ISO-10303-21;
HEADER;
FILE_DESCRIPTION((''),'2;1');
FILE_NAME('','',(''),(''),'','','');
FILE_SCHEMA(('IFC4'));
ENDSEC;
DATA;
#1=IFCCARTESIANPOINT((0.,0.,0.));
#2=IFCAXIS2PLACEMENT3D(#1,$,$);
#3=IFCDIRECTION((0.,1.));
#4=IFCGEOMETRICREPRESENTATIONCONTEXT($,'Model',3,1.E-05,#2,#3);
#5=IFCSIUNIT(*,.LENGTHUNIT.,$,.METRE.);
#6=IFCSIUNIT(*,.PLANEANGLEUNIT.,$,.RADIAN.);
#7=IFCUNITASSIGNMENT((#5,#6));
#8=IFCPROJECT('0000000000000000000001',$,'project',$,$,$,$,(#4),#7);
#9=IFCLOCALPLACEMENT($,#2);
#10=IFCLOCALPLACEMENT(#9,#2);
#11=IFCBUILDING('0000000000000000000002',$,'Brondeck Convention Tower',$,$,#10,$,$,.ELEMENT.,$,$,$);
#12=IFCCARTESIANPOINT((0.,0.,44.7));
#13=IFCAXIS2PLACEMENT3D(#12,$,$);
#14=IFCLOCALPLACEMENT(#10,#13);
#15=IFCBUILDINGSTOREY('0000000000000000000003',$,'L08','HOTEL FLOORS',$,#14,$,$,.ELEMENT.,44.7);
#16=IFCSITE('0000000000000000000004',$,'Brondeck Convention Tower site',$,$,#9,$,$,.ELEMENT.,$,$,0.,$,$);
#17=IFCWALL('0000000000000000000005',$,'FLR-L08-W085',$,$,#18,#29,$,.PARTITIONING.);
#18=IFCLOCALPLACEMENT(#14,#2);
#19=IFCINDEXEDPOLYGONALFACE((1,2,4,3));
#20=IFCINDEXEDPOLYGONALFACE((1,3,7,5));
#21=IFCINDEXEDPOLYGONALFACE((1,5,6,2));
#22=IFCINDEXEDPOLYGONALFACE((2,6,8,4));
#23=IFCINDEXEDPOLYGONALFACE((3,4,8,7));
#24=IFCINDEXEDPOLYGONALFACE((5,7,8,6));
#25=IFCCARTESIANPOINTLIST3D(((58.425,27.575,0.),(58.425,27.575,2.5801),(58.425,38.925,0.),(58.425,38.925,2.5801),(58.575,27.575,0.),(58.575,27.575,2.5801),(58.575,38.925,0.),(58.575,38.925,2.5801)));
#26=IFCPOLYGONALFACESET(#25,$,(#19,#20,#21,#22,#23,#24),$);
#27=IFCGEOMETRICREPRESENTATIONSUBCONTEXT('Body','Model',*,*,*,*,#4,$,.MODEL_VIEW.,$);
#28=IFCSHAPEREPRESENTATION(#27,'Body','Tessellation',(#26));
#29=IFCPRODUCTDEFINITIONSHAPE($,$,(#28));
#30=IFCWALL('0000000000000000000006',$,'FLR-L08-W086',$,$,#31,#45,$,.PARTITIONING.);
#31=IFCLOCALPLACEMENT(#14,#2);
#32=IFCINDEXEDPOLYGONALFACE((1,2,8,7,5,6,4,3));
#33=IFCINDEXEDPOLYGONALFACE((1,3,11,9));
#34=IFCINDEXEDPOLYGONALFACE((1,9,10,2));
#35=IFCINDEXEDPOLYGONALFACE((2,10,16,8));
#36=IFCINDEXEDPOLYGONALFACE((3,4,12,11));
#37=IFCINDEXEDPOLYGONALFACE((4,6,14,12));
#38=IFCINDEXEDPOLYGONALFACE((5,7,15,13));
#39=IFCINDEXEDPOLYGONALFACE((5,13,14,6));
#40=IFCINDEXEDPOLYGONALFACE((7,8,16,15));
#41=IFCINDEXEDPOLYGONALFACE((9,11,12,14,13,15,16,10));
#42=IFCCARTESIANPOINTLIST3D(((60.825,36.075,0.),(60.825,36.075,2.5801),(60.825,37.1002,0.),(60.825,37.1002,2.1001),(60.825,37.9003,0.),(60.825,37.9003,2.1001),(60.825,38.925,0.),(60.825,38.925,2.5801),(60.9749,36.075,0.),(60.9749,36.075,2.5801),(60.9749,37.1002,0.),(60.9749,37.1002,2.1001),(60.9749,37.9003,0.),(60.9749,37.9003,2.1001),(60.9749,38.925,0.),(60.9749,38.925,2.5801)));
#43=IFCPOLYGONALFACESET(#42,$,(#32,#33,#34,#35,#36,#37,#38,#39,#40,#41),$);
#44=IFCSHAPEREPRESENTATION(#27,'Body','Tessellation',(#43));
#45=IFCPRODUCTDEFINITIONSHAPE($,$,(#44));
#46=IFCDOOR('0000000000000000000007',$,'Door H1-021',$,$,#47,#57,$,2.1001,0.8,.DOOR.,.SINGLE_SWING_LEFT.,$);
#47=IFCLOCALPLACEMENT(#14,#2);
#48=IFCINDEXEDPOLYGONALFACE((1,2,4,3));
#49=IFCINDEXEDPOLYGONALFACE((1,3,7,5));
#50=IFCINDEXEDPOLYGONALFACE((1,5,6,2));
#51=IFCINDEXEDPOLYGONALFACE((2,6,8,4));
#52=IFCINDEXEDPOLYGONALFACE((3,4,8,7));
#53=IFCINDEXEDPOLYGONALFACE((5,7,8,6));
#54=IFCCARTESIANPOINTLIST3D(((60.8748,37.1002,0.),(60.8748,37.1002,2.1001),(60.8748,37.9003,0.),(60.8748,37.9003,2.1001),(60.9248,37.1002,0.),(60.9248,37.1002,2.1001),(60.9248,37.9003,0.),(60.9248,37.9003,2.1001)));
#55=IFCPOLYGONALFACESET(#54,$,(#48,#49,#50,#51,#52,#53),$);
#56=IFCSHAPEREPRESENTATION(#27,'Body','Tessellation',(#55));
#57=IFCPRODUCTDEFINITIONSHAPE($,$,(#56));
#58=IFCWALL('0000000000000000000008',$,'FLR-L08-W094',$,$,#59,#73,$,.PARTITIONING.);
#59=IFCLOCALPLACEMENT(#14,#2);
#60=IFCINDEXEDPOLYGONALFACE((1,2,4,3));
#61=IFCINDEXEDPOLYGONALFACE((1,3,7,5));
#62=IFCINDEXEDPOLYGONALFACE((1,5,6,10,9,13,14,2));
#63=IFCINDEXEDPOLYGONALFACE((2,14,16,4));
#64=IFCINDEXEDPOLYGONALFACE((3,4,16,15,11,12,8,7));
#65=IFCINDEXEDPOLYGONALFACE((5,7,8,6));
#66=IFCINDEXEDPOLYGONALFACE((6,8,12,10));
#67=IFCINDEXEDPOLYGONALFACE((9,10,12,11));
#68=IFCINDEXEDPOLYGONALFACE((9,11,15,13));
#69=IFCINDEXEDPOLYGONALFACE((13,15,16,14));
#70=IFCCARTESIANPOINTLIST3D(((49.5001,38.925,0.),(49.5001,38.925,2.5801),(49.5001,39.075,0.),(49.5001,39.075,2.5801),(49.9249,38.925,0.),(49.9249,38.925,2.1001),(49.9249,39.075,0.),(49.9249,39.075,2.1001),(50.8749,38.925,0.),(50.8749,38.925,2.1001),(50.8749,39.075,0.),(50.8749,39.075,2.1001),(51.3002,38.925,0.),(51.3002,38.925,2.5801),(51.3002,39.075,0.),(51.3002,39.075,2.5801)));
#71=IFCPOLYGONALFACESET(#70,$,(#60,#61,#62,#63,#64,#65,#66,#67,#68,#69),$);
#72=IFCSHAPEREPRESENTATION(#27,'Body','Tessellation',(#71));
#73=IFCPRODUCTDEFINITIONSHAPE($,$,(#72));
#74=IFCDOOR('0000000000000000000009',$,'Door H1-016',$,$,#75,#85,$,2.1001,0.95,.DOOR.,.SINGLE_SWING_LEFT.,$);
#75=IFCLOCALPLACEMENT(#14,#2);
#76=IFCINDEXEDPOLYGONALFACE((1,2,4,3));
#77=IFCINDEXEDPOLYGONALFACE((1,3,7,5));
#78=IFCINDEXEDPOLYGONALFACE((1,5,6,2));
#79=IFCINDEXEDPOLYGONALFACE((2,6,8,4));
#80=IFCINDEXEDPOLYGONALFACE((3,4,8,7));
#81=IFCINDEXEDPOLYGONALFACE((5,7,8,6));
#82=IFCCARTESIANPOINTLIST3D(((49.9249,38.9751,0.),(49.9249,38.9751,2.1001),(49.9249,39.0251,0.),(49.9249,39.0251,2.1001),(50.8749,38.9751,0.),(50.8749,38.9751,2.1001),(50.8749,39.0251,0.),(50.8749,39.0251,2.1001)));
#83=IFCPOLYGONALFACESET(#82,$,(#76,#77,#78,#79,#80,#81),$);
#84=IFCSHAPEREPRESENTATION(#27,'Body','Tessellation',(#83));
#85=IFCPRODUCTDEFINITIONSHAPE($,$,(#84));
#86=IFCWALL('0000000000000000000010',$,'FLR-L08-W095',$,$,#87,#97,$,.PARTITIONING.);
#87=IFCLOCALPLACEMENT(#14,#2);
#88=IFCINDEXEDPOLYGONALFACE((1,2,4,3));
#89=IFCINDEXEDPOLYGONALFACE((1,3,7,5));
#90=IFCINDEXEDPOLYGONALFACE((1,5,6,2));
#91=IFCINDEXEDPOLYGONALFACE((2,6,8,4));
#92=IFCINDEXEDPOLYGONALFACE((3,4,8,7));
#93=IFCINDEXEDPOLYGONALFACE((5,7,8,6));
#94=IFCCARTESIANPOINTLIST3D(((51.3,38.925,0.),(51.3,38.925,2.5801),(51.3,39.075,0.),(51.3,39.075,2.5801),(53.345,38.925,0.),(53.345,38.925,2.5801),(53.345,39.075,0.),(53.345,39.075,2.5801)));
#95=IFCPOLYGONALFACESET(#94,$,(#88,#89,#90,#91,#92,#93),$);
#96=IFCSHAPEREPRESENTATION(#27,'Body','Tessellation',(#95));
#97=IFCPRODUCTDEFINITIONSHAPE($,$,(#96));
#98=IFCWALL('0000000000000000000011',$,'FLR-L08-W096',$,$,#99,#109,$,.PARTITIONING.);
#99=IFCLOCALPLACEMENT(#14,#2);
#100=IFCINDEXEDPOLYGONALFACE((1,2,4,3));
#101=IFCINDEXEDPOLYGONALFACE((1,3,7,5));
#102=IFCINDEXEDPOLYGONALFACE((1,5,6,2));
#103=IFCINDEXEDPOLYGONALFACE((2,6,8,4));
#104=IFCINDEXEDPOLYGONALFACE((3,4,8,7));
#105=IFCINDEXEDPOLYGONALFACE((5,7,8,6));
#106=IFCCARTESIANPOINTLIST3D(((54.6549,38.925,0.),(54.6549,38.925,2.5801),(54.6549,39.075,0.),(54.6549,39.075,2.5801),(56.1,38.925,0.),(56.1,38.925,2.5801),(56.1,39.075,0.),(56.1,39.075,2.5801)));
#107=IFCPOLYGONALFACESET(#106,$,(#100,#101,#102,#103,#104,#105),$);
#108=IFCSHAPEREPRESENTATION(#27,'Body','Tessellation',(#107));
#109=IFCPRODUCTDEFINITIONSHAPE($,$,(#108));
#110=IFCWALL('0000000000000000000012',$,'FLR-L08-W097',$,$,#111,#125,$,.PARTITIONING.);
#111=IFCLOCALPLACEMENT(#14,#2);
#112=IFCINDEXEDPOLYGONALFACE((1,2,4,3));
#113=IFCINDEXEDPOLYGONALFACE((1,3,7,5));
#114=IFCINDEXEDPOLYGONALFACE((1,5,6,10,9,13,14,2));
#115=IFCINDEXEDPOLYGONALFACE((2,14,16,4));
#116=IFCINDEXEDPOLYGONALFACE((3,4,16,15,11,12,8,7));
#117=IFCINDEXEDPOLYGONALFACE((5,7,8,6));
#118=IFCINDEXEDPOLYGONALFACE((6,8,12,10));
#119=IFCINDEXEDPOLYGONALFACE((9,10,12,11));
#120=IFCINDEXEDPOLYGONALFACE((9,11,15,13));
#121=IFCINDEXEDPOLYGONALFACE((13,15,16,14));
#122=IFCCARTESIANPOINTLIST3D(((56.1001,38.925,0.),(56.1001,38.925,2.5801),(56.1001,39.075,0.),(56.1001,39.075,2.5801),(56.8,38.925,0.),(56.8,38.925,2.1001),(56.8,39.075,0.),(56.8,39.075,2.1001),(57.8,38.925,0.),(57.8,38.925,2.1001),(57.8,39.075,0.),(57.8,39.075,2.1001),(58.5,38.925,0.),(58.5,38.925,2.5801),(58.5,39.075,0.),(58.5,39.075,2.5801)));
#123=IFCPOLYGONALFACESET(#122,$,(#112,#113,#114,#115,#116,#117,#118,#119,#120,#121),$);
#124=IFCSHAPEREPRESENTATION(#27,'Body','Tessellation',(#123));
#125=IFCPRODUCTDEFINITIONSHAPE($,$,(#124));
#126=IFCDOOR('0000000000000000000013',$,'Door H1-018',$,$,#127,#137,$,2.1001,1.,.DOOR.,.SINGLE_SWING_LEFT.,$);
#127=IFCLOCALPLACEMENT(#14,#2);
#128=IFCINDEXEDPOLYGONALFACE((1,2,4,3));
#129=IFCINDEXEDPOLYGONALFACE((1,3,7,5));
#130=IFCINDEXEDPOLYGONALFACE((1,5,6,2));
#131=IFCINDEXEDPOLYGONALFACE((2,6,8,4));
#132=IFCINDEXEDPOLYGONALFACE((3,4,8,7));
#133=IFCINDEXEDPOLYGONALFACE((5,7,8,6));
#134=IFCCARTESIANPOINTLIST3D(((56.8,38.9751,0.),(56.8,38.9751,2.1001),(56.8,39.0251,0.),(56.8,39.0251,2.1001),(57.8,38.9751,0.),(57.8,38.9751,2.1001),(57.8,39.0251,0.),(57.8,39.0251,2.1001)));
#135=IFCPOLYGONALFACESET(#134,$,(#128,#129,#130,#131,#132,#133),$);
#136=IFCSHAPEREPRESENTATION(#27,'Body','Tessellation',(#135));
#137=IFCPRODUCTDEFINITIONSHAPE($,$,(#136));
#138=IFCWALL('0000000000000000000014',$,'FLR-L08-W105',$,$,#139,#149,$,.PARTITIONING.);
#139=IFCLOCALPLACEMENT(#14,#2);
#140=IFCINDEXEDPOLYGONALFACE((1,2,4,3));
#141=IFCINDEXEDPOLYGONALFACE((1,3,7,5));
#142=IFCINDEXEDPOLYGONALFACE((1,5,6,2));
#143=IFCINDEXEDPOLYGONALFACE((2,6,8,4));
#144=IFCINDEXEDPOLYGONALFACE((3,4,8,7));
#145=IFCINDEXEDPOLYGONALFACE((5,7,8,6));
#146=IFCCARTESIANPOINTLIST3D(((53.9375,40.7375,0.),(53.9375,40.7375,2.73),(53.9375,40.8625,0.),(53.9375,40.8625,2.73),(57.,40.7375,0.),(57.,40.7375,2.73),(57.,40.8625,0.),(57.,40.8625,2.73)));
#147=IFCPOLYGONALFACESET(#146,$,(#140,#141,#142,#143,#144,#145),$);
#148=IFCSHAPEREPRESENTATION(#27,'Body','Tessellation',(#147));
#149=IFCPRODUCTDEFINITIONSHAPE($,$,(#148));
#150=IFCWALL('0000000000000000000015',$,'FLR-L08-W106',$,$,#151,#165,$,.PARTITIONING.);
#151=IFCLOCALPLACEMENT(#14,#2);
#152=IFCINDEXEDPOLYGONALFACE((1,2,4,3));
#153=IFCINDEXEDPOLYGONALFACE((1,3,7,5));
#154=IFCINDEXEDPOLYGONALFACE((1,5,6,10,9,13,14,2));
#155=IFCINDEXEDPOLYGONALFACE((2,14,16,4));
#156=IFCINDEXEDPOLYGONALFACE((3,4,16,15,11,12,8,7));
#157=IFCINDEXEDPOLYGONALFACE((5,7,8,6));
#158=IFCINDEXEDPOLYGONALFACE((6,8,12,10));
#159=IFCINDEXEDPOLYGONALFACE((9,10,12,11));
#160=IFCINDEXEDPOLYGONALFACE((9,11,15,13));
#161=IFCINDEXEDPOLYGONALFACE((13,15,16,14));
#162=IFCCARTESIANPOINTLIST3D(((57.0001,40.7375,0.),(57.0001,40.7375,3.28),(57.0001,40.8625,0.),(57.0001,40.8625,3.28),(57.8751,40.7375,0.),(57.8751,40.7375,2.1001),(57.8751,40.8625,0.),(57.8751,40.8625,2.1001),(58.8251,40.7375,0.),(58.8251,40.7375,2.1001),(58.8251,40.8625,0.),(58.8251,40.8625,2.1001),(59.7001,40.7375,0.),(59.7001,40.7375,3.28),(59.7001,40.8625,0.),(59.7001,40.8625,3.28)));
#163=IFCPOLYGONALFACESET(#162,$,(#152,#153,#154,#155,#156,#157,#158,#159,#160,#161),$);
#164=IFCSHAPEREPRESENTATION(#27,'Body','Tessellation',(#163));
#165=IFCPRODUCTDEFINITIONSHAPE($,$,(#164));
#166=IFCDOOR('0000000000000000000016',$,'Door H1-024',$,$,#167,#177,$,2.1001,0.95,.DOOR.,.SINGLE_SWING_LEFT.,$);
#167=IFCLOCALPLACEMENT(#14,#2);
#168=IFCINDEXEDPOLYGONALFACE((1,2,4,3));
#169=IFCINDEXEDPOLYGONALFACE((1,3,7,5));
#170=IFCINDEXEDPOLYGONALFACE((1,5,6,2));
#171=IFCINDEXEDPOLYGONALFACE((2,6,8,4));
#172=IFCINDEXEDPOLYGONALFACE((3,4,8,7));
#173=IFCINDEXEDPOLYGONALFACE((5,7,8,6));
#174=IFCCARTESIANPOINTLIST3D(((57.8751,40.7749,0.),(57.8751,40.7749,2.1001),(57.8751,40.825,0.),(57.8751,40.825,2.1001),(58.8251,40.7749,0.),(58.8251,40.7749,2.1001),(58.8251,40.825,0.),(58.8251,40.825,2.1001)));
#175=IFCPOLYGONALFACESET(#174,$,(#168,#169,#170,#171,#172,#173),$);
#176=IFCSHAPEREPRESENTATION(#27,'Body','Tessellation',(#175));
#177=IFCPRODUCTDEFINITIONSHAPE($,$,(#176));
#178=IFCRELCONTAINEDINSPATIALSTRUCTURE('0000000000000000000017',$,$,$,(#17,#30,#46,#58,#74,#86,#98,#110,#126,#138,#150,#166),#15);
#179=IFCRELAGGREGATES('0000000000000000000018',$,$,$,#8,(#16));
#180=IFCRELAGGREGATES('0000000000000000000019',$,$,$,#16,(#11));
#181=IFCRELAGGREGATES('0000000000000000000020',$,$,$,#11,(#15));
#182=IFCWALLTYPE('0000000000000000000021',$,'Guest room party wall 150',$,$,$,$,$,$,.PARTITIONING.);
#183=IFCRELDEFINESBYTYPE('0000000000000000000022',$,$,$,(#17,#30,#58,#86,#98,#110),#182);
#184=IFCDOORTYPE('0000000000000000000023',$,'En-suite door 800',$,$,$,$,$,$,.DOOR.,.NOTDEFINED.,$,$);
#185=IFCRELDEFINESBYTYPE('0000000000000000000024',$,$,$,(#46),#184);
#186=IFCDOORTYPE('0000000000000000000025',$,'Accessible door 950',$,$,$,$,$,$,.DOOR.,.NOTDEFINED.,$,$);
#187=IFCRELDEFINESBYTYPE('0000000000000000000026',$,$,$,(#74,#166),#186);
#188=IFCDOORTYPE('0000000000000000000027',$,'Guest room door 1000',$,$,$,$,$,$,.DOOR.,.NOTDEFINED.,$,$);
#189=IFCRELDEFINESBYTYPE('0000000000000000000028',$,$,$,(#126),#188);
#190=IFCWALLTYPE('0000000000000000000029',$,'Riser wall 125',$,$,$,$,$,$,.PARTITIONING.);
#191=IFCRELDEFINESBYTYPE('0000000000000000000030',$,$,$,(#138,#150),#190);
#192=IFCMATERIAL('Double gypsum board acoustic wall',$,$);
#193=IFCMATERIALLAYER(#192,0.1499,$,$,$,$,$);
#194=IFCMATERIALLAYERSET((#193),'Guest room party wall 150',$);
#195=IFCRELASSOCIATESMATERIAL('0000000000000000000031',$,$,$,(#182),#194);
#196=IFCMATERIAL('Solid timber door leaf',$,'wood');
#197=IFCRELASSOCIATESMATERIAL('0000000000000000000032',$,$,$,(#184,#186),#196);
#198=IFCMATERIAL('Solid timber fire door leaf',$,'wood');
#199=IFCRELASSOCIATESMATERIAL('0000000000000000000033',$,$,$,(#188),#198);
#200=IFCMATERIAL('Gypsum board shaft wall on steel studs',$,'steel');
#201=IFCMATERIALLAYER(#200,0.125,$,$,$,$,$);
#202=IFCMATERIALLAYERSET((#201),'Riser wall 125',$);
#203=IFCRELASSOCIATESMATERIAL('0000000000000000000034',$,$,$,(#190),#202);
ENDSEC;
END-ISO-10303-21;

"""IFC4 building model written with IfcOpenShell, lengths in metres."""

from ifc_helpers import new_model, si_unit, direction, frame, frame_2d, origin, place, context, subcontext, project, spatial, rectangle, extrude, material, layer, layer_set, type_object, element, fill, save


model = new_model("IFC4")

# Units and contexts
model_context = context("Model", 3, precision=1e-05, world=origin(), true_north=direction((0.0, 1.0)))
body_context = subcontext(model_context, "Body", "Model", "MODEL_VIEW")
ifc_project = project(units=[si_unit("LENGTHUNIT", "METRE"), si_unit("PLANEANGLEUNIT", "RADIAN")], contexts=[model_context])

# Site, building, storey
site_placement = place(None, origin())
site = spatial("IfcSite", under=ifc_project, at=site_placement, Name="Brondeck Convention Tower site", CompositionType="ELEMENT", RefElevation=0.0)
building_placement = place(site_placement, origin())
building = spatial("IfcBuilding", under=site, at=building_placement, Name="Brondeck Convention Tower", CompositionType="ELEMENT")
storey_placement = place(building_placement, frame((0.0, 0.0, 44.7)))
storey = spatial("IfcBuildingStorey", under=building, at=storey_placement, Name="L08", Description="HOTEL FLOORS", CompositionType="ELEMENT", Elevation=44.7)

# Shared definitions
ifc_material_1 = material(Name="Double gypsum board acoustic wall")
ifc_layer_1 = layer(ifc_material_1, 0.1499)
ifc_layer_set_1 = layer_set([ifc_layer_1], Name="Guest room party wall 150")
wall_type_1 = type_object("IfcWallType", Name="Guest room party wall 150", PredefinedType="PARTITIONING", material=ifc_layer_set_1)

# Shared definitions
ifc_material_2 = material(Name="Solid timber door leaf", Category="wood")
door_type_1 = type_object("IfcDoorType", Name="En-suite door 800", OperationType="NOTDEFINED", PredefinedType="DOOR", material=ifc_material_2)

# Wall
wall_1_placement = place(storey_placement, frame((58.5, 38.925, 0.0), z_axis=(0.0, 0.0, 1.0), x_axis=(0.0, -1.0, 0.0)))
element("IfcWall", 1, at=wall_1_placement, inside=storey, type_object=wall_type_1, Name="FLR-L08-W085", PredefinedType="PARTITIONING", context=body_context, shape_type="SweptSolid", body=[
    extrude(rectangle(XDim=11.3501, YDim=0.1499, at=frame_2d((5.675, 0.0))), origin(), (0.0, 0.0, 1.0), 2.5801),
])

# Walls, openings, doors
wall_2_placement = place(storey_placement, frame((60.8999, 38.925, 0.0), z_axis=(0.0, 0.0, 1.0), x_axis=(0.0, -1.0, 0.0)))
wall_2 = element("IfcWall", 2, at=wall_2_placement, inside=storey, type_object=wall_type_1, Name="FLR-L08-W086", PredefinedType="PARTITIONING", context=body_context, shape_type="SweptSolid", body=[
    extrude(rectangle(XDim=2.8501, YDim=0.1499, at=frame_2d((1.425, 0.0))), origin(), (0.0, 0.0, 1.0), 2.5801),
])
opening_1_placement = place(wall_2_placement, frame((1.0249, 0.0, 0.0)))
opening_1 = element("IfcOpeningElement", 3, at=opening_1_placement, cuts=wall_2, PredefinedType="OPENING", context=body_context, shape_type="SweptSolid", body=[
    extrude(rectangle(XDim=0.8, YDim=2.1001, at=frame_2d((0.3999, 1.05))), frame((0.0, 0.085, 0.0), z_axis=(0.0, -1.0, 0.0), x_axis=(1.0, 0.0, 0.0)), (0.0, 0.0, 1.0), 0.1699),
])
door_1_placement = place(opening_1_placement, origin())
door_1 = element("IfcDoor", 4, at=door_1_placement, inside=storey, type_object=door_type_1, Name="Door H1-021", OperationType="SINGLE_SWING_LEFT", OverallHeight=2.1001, OverallWidth=0.8, PredefinedType="DOOR", context=body_context, shape_type="SweptSolid", body=[
    extrude(rectangle(XDim=0.8, YDim=2.1001, at=frame_2d((0.3999, 1.05))), frame((0.0, 0.0249, 0.0), z_axis=(0.0, -1.0, 0.0), x_axis=(1.0, 0.0, 0.0)), (0.0, 0.0, 1.0), 0.05),
])
fill(opening_1, door_1)
wall_3_placement = place(storey_placement, frame((51.3, 39.0, 0.0), z_axis=(0.0, 0.0, 1.0), x_axis=(-1.0, 0.0, 0.0)))
wall_3 = element("IfcWall", 5, at=wall_3_placement, inside=storey, type_object=wall_type_1, Name="FLR-L08-W094", PredefinedType="PARTITIONING", context=body_context, shape_type="SweptSolid", body=[
    extrude(rectangle(XDim=1.8, YDim=0.1499, at=frame_2d((0.8999, 0.0))), origin(), (0.0, 0.0, 1.0), 2.5801),
])
opening_2_placement = place(wall_3_placement, frame((0.425, 0.0, 0.0)))
opening_2 = element("IfcOpeningElement", 6, at=opening_2_placement, cuts=wall_3, PredefinedType="OPENING", context=body_context, shape_type="SweptSolid", body=[
    extrude(rectangle(XDim=0.95, YDim=2.1001, at=frame_2d((0.4751, 1.05))), frame((0.0, 0.085, 0.0), z_axis=(0.0, -1.0, 0.0), x_axis=(1.0, 0.0, 0.0)), (0.0, 0.0, 1.0), 0.1699),
])
door_type_2 = type_object("IfcDoorType", Name="Accessible door 950", OperationType="NOTDEFINED", PredefinedType="DOOR", material=ifc_material_2)
door_2_placement = place(opening_2_placement, origin())
door_2 = element("IfcDoor", 7, at=door_2_placement, inside=storey, type_object=door_type_2, Name="Door H1-016", OperationType="SINGLE_SWING_LEFT", OverallHeight=2.1001, OverallWidth=0.95, PredefinedType="DOOR", context=body_context, shape_type="SweptSolid", body=[
    extrude(rectangle(XDim=0.95, YDim=2.1001, at=frame_2d((0.4751, 1.05))), frame((0.0, 0.0249, 0.0), z_axis=(0.0, -1.0, 0.0), x_axis=(1.0, 0.0, 0.0)), (0.0, 0.0, 1.0), 0.05),
])
fill(opening_2, door_2)

# Walls
wall_4_placement = place(storey_placement, frame((53.345, 39.0, 0.0), z_axis=(0.0, 0.0, 1.0), x_axis=(-1.0, 0.0, 0.0)))
element("IfcWall", 8, at=wall_4_placement, inside=storey, type_object=wall_type_1, Name="FLR-L08-W095", PredefinedType="PARTITIONING", context=body_context, shape_type="SweptSolid", body=[
    extrude(rectangle(XDim=2.0449, YDim=0.1499, at=frame_2d((1.0225, 0.0))), origin(), (0.0, 0.0, 1.0), 2.5801),
])
wall_5_placement = place(storey_placement, frame((56.1001, 39.0, 0.0), z_axis=(0.0, 0.0, 1.0), x_axis=(-1.0, 0.0, 0.0)))
element("IfcWall", 9, at=wall_5_placement, inside=storey, type_object=wall_type_1, Name="FLR-L08-W096", PredefinedType="PARTITIONING", context=body_context, shape_type="SweptSolid", body=[
    extrude(rectangle(XDim=1.4451, YDim=0.1499, at=frame_2d((0.7227, 0.0))), origin(), (0.0, 0.0, 1.0), 2.5801),
])

# Wall, opening, door
wall_6_placement = place(storey_placement, frame((58.5, 39.0, 0.0), z_axis=(0.0, 0.0, 1.0), x_axis=(-1.0, 0.0, 0.0)))
wall_6 = element("IfcWall", 10, at=wall_6_placement, inside=storey, type_object=wall_type_1, Name="FLR-L08-W097", PredefinedType="PARTITIONING", context=body_context, shape_type="SweptSolid", body=[
    extrude(rectangle(XDim=2.3999, YDim=0.1499, at=frame_2d((1.2, 0.0))), origin(), (0.0, 0.0, 1.0), 2.5801),
])
opening_3_placement = place(wall_6_placement, frame((0.7, 0.0, 0.0)))
opening_3 = element("IfcOpeningElement", 11, at=opening_3_placement, cuts=wall_6, PredefinedType="OPENING", context=body_context, shape_type="SweptSolid", body=[
    extrude(rectangle(XDim=1.0, YDim=2.1001, at=frame_2d((0.5, 1.05))), frame((0.0, 0.085, 0.0), z_axis=(0.0, -1.0, 0.0), x_axis=(1.0, 0.0, 0.0)), (0.0, 0.0, 1.0), 0.1699),
])
ifc_material_3 = material(Name="Solid timber fire door leaf", Category="wood")
door_type_3 = type_object("IfcDoorType", Name="Guest room door 1000", OperationType="NOTDEFINED", PredefinedType="DOOR", material=ifc_material_3)
door_3_placement = place(opening_3_placement, origin())
door_3 = element("IfcDoor", 12, at=door_3_placement, inside=storey, type_object=door_type_3, Name="Door H1-018", OperationType="SINGLE_SWING_LEFT", OverallHeight=2.1001, OverallWidth=1.0, PredefinedType="DOOR", context=body_context, shape_type="SweptSolid", body=[
    extrude(rectangle(XDim=1.0, YDim=2.1001, at=frame_2d((0.5, 1.05))), frame((0.0, 0.0249, 0.0), z_axis=(0.0, -1.0, 0.0), x_axis=(1.0, 0.0, 0.0)), (0.0, 0.0, 1.0), 0.05),
])
fill(opening_3, door_3)

# Wall
ifc_material_4 = material(Name="Gypsum board shaft wall on steel studs", Category="steel")
ifc_layer_2 = layer(ifc_material_4, 0.125)
ifc_layer_set_2 = layer_set([ifc_layer_2], Name="Riser wall 125")
wall_type_2 = type_object("IfcWallType", Name="Riser wall 125", PredefinedType="PARTITIONING", material=ifc_layer_set_2)
wall_7_placement = place(storey_placement, frame((53.9375, 40.8, 0.0), z_axis=(0.0, 0.0, 1.0), x_axis=(1.0, 0.0, 0.0)))
element("IfcWall", 13, at=wall_7_placement, inside=storey, type_object=wall_type_2, Name="FLR-L08-W105", PredefinedType="PARTITIONING", context=body_context, shape_type="SweptSolid", body=[
    extrude(rectangle(XDim=3.0625, YDim=0.125, at=frame_2d((1.5312, 0.0))), origin(), (0.0, 0.0, 1.0), 2.73),
])

# Wall, opening, door
wall_8_placement = place(storey_placement, frame((57.0, 40.8, 0.0), z_axis=(0.0, 0.0, 1.0), x_axis=(1.0, 0.0, 0.0)))
wall_8 = element("IfcWall", 14, at=wall_8_placement, inside=storey, type_object=wall_type_2, Name="FLR-L08-W106", PredefinedType="PARTITIONING", context=body_context, shape_type="SweptSolid", body=[
    extrude(rectangle(XDim=2.7, YDim=0.125, at=frame_2d((1.3501, 0.0))), origin(), (0.0, 0.0, 1.0), 3.28),
])
opening_4_placement = place(wall_8_placement, frame((0.875, 0.0, 0.0)))
opening_4 = element("IfcOpeningElement", 15, at=opening_4_placement, cuts=wall_8, PredefinedType="OPENING", context=body_context, shape_type="SweptSolid", body=[
    extrude(rectangle(XDim=0.95, YDim=2.1001, at=frame_2d((0.4751, 1.05))), frame((0.0, 0.0725, 0.0), z_axis=(0.0, -1.0, 0.0), x_axis=(1.0, 0.0, 0.0)), (0.0, 0.0, 1.0), 0.145),
])
door_4_placement = place(opening_4_placement, origin())
door_4 = element("IfcDoor", 16, at=door_4_placement, inside=storey, type_object=door_type_2, Name="Door H1-024", OperationType="SINGLE_SWING_LEFT", OverallHeight=2.1001, OverallWidth=0.95, PredefinedType="DOOR", context=body_context, shape_type="SweptSolid", body=[
    extrude(rectangle(XDim=0.95, YDim=2.1001, at=frame_2d((0.4751, 1.05))), frame((0.0, 0.0249, 0.0), z_axis=(0.0, -1.0, 0.0), x_axis=(1.0, 0.0, 0.0)), (0.0, 0.0, 1.0), 0.05),
])
fill(opening_4, door_4)

save(model, "model.ifc")
